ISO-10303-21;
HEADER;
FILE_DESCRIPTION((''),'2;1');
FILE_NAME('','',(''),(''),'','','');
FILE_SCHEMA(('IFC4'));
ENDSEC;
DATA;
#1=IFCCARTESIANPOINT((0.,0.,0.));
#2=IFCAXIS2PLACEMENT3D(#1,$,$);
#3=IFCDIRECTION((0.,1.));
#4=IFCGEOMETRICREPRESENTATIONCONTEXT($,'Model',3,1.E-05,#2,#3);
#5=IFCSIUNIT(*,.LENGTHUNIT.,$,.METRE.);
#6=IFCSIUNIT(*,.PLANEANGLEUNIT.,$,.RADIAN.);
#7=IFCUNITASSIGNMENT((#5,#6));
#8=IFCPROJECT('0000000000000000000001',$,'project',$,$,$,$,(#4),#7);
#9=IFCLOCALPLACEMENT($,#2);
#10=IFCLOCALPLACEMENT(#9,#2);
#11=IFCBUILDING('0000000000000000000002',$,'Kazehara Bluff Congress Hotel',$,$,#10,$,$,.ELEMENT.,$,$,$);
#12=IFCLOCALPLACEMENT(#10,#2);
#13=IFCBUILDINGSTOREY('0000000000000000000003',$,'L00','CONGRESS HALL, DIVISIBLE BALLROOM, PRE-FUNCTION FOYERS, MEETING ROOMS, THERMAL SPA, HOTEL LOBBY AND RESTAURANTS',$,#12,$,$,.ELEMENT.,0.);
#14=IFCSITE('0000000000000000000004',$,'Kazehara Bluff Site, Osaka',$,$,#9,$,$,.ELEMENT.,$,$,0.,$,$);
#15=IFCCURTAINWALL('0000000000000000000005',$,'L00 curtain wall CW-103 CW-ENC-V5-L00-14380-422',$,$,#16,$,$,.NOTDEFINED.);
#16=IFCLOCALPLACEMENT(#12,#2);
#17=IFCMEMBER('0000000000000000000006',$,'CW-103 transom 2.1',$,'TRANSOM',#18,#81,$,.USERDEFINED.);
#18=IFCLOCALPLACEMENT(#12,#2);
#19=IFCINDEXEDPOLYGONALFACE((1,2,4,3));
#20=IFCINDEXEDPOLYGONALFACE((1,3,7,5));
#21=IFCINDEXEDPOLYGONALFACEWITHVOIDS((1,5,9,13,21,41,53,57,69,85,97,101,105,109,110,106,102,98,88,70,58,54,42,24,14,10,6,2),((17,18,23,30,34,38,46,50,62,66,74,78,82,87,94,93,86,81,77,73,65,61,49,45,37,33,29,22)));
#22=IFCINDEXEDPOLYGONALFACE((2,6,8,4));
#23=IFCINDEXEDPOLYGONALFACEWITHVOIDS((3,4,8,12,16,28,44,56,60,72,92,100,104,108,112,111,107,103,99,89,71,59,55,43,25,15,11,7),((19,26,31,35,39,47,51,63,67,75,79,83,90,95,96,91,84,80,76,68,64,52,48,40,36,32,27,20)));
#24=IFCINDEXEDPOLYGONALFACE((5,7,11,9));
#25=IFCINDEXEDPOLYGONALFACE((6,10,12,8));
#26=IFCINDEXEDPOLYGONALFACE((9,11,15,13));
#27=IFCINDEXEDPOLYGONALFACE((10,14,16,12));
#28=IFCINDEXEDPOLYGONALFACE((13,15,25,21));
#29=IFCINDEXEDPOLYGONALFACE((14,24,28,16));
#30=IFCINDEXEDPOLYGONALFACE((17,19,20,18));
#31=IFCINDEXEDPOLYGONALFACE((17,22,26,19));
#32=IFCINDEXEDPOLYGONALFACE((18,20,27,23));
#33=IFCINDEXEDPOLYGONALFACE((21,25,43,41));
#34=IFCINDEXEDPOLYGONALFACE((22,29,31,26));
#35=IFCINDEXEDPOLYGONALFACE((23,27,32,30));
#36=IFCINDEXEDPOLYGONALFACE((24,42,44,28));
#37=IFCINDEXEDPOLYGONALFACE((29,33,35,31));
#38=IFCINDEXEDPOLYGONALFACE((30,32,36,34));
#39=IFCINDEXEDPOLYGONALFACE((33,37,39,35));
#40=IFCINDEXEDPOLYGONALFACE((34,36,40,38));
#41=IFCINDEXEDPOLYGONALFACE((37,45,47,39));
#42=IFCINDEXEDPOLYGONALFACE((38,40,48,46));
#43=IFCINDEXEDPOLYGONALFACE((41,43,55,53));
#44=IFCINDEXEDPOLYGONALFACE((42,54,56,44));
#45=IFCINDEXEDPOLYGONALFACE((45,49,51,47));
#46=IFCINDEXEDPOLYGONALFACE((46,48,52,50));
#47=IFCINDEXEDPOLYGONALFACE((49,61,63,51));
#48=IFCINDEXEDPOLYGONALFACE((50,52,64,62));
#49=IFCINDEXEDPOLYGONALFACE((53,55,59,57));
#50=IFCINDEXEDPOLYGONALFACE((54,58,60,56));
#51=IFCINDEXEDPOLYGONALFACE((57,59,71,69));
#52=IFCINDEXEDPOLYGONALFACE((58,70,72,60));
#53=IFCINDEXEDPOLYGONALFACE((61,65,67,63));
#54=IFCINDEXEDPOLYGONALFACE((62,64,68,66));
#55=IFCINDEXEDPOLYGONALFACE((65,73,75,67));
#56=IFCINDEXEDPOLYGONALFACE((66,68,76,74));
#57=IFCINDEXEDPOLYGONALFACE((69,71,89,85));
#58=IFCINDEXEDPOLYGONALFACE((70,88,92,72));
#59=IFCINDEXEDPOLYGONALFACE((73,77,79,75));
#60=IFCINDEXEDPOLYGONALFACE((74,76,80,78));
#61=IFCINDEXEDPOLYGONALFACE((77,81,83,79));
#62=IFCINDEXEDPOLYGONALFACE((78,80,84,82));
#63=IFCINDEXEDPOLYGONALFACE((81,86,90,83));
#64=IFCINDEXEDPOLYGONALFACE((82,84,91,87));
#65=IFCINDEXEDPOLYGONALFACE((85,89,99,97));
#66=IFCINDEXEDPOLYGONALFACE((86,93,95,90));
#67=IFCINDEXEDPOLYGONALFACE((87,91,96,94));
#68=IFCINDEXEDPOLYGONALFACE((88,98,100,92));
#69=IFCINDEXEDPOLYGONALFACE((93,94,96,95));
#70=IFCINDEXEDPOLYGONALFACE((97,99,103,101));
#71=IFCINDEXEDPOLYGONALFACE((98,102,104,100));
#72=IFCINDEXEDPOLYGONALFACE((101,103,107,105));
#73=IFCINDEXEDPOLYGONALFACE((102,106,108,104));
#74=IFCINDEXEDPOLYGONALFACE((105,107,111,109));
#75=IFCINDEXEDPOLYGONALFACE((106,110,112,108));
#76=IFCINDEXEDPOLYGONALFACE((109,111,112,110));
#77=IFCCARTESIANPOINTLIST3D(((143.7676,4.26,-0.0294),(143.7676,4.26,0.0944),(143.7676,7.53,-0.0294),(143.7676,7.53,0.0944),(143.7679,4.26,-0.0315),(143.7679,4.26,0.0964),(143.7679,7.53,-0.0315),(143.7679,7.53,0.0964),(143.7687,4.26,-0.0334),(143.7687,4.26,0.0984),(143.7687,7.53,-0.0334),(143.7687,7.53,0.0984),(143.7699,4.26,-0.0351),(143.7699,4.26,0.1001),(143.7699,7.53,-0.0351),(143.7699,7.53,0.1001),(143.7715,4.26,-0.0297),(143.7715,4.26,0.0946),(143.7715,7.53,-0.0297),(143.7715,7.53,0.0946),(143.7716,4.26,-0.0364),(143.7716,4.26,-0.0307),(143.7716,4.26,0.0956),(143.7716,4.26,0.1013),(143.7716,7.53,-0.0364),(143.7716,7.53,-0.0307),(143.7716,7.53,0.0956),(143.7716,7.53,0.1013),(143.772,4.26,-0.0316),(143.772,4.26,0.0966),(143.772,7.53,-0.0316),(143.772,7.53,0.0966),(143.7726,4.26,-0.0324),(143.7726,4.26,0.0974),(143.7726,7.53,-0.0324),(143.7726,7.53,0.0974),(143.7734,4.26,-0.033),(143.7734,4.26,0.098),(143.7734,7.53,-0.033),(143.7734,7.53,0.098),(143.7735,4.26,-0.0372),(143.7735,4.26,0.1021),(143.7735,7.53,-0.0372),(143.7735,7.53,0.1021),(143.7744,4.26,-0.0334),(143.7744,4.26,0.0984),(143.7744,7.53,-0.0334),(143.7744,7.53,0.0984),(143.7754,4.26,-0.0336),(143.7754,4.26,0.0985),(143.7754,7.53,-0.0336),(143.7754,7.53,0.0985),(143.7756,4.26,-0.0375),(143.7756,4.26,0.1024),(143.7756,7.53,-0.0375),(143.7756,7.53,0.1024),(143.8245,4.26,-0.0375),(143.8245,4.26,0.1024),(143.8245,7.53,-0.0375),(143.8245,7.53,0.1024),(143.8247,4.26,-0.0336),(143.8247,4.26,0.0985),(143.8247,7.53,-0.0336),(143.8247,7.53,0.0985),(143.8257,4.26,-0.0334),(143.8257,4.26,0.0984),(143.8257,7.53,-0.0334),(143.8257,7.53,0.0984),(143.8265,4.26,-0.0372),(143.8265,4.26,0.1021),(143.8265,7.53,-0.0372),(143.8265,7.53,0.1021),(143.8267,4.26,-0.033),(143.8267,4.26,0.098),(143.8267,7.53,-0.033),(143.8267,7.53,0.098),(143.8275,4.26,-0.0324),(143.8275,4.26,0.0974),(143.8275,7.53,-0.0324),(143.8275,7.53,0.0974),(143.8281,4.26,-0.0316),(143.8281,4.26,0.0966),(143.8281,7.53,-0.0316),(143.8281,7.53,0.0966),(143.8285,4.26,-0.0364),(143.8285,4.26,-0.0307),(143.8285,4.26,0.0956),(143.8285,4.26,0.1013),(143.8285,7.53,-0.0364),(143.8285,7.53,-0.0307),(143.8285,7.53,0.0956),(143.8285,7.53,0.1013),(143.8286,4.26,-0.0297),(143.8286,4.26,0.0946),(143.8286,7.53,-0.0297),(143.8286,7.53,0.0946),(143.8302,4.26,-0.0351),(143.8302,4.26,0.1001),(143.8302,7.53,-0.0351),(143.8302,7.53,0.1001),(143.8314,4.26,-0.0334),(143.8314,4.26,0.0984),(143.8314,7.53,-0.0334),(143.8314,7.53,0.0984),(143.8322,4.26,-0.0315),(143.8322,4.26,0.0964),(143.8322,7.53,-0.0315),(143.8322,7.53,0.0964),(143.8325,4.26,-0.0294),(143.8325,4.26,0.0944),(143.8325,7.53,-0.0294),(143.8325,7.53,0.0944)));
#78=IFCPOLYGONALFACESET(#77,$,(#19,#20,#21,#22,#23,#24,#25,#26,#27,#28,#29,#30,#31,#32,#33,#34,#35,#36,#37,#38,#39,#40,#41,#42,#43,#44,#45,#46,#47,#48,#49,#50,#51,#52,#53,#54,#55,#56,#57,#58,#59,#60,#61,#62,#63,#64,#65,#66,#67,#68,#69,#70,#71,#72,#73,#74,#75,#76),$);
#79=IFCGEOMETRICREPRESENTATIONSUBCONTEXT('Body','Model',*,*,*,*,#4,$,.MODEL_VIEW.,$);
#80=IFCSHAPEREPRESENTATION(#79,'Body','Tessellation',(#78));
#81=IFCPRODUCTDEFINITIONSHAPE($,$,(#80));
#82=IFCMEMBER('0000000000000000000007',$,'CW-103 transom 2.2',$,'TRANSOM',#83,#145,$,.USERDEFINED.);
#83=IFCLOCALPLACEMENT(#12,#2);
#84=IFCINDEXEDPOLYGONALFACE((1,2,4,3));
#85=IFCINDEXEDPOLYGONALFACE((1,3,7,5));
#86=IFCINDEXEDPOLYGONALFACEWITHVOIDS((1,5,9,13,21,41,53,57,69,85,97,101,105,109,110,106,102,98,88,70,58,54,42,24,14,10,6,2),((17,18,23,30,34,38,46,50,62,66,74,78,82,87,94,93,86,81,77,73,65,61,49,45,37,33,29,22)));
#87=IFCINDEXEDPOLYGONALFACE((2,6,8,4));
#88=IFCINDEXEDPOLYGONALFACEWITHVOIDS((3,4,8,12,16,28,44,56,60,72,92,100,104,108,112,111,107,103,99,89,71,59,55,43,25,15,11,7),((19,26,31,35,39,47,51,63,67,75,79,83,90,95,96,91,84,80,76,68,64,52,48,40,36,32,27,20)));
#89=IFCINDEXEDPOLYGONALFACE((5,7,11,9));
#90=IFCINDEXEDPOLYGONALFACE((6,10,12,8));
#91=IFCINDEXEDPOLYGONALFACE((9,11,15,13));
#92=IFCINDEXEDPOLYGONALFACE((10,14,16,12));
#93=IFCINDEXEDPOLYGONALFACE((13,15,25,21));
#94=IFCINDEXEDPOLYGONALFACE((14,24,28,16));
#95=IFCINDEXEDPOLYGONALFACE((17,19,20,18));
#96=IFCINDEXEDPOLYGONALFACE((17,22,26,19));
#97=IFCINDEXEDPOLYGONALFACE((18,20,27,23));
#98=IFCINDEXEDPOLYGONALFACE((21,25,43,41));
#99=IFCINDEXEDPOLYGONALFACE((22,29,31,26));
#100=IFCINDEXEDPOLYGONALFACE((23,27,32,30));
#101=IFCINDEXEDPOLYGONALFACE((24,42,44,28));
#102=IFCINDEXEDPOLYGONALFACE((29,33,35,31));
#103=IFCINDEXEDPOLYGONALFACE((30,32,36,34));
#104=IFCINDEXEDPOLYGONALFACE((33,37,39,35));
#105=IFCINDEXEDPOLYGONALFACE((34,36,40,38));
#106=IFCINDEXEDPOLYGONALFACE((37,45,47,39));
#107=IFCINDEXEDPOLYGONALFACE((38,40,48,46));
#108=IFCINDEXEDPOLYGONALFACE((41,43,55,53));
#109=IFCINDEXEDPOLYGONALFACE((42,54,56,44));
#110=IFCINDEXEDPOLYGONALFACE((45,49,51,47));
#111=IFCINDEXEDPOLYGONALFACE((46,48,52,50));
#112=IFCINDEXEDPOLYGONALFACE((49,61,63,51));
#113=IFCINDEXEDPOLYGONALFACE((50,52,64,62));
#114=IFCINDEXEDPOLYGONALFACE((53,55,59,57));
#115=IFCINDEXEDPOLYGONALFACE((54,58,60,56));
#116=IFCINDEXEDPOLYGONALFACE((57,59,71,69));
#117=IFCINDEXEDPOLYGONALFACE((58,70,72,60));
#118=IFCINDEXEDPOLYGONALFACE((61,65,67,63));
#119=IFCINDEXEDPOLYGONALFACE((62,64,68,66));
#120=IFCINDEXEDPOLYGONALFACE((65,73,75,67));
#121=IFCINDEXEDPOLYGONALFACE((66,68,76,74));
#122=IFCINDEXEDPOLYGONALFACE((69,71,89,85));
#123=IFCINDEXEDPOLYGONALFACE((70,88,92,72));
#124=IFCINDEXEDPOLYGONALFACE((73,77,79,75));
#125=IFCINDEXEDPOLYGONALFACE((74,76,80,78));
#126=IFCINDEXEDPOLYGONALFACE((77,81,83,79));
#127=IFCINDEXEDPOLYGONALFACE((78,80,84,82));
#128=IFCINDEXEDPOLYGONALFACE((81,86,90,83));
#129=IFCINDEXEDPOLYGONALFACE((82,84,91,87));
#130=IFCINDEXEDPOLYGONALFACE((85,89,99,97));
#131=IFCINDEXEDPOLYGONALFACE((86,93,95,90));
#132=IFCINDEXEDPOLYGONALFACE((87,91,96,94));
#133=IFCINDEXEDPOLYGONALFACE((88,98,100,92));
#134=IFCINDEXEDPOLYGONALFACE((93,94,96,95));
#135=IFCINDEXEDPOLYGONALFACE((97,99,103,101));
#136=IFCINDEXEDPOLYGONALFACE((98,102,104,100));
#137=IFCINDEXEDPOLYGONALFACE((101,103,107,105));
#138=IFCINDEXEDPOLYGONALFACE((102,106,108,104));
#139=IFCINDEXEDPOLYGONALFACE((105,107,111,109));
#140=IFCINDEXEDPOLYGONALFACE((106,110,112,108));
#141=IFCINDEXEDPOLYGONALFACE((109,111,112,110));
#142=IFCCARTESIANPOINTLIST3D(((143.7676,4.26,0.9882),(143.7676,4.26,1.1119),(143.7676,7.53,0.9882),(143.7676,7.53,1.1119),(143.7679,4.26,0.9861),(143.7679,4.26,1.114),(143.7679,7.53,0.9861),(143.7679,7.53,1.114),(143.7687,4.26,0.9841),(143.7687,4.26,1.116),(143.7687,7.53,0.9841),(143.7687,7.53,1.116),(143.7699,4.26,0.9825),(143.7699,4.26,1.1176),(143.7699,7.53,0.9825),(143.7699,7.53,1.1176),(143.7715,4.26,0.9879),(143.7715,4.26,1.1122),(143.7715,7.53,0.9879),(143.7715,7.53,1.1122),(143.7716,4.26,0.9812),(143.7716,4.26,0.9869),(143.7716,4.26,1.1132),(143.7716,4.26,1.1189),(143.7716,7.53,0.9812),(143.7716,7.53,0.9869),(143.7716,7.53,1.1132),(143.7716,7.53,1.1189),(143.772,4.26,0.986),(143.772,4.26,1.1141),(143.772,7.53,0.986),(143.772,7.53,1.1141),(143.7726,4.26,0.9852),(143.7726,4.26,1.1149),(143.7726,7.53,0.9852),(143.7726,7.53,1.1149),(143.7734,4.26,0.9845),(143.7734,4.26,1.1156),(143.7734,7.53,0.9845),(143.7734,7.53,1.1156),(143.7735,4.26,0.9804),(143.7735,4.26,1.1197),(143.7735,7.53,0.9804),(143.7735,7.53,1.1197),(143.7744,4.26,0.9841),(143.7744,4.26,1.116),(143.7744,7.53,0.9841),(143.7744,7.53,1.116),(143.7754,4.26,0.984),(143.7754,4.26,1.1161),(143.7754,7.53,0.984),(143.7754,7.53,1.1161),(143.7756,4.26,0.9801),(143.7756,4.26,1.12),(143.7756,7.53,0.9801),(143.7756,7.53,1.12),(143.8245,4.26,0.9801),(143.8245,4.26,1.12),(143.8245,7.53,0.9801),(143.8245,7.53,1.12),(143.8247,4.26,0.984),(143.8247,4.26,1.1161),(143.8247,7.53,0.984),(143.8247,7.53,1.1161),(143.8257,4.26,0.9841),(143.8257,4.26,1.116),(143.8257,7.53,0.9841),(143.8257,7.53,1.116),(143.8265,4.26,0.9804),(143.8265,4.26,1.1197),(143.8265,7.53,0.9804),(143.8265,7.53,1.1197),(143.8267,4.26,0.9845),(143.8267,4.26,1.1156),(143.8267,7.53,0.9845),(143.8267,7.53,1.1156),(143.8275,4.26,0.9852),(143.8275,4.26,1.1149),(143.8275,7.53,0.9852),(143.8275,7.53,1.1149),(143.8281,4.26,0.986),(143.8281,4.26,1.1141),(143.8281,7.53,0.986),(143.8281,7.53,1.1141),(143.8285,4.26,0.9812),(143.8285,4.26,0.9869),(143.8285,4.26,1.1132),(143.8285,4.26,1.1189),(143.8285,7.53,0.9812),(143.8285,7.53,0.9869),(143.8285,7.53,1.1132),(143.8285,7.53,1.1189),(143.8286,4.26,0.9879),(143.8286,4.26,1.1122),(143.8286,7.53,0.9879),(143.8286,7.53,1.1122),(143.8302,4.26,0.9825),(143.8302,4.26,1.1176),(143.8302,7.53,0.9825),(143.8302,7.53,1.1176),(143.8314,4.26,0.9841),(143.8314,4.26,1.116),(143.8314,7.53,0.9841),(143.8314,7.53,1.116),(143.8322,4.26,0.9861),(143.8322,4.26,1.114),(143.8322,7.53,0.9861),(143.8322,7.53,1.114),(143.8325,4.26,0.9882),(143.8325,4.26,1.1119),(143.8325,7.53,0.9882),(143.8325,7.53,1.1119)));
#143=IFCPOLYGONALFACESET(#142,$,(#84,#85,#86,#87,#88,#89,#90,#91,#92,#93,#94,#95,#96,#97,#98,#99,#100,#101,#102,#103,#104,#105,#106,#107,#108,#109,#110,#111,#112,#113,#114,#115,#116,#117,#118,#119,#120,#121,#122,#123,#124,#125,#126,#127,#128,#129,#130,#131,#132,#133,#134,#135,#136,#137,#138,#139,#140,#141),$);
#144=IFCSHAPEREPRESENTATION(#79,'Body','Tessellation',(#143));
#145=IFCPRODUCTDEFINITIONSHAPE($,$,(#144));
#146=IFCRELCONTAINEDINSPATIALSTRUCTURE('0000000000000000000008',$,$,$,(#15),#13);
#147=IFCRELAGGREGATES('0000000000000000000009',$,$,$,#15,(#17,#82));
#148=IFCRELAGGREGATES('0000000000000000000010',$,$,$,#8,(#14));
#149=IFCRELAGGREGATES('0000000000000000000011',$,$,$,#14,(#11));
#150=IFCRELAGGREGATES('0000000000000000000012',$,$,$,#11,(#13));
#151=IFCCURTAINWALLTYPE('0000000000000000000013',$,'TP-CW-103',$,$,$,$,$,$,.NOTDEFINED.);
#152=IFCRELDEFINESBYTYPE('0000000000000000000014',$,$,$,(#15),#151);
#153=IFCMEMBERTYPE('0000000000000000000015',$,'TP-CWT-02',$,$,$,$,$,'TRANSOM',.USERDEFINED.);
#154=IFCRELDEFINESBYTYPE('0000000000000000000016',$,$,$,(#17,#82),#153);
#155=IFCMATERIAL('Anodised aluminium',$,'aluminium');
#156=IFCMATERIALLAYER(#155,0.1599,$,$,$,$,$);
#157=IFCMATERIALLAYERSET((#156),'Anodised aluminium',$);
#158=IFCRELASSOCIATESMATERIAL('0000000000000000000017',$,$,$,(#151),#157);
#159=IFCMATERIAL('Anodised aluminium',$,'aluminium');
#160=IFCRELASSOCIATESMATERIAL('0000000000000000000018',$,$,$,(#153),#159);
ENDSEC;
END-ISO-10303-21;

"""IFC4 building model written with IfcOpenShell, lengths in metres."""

from ifc_helpers import new_model, si_unit, direction, frame, origin, origin_2d, place, context, subcontext, project, spatial, hollow_rectangle, extrude, material, layer, layer_set, material_profile, profile_set, type_object, element, aggregate, save


model = new_model("IFC4")

# Units and contexts
model_context = context("Model", 3, precision=1e-05, world=origin(), true_north=direction((0.0, 1.0)))
body_context = subcontext(model_context, "Body", "Model", "MODEL_VIEW")
ifc_project = project(units=[si_unit("LENGTHUNIT", "METRE"), si_unit("PLANEANGLEUNIT", "RADIAN")], contexts=[model_context])

# Site, building, storey
site_placement = place(None, origin())
site = spatial("IfcSite", under=ifc_project, at=site_placement, Name="Kazehara Bluff Site, Osaka", CompositionType="ELEMENT", RefElevation=0.0)
building_placement = place(site_placement, origin())
building = spatial("IfcBuilding", under=site, at=building_placement, Name="Kazehara Bluff Congress Hotel", CompositionType="ELEMENT")
storey_placement = place(building_placement, origin())
storey = spatial("IfcBuildingStorey", under=building, at=storey_placement, Name="L00", Description="CONGRESS HALL, DIVISIBLE BALLROOM, PRE-FUNCTION FOYERS, MEETING ROOMS, THERMAL SPA, HOTEL LOBBY AND RESTAURANTS", CompositionType="ELEMENT", Elevation=0.0)

# Curtain wall
ifc_material_1 = material(Name="Anodised aluminium", Category="aluminium")
ifc_layer_1 = layer(ifc_material_1, 0.1599)
ifc_layer_set_1 = layer_set([ifc_layer_1], Name="Anodised aluminium")
curtain_wall_type_1 = type_object("IfcCurtainWallType", Name="TP-CW-103", PredefinedType="NOTDEFINED", material=ifc_layer_set_1)
curtain_wall_1_placement = place(storey_placement, origin())
curtain_wall_1 = element("IfcCurtainWall", 1, at=curtain_wall_1_placement, inside=storey, type_object=curtain_wall_type_1, Name="L00 curtain wall CW-103 CW-ENC-V5-L00-14380-422", PredefinedType="NOTDEFINED")

# Members
ifc_material_2 = material(Name="Anodised aluminium", Category="aluminium")
ifc_material_profile_1 = material_profile(ifc_material_2, hollow_rectangle(XDim=0.0649, YDim=0.1399, WallThickness=0.0039, InnerFilletRadius=0.0039, OuterFilletRadius=0.0081, at=origin_2d()))
ifc_profile_set_1 = profile_set([ifc_material_profile_1], Name="Anodised aluminium")
member_type_1 = type_object("IfcMemberType", Name="TP-CWT-02", ElementType="TRANSOM", PredefinedType="USERDEFINED", material=ifc_profile_set_1)
member_1_placement = place(storey_placement, frame((143.8, 4.26, 0.0325), z_axis=(0.0, 1.0, 0.0), x_axis=(-1.0, 0.0, 0.0)))
member_1 = element("IfcMember", 2, at=member_1_placement, type_object=member_type_1, Name="CW-103 transom 2.1", ObjectType="TRANSOM", PredefinedType="USERDEFINED", context=body_context, shape_type="SweptSolid", body=[
    extrude(hollow_rectangle(XDim=0.0649, YDim=0.1399, WallThickness=0.0039, InnerFilletRadius=0.0039, OuterFilletRadius=0.0081, at=origin_2d()), origin(), (0.0, 0.0, 1.0), 3.27),
])
member_2_placement = place(storey_placement, frame((143.8, 4.26, 1.05), z_axis=(0.0, 1.0, 0.0), x_axis=(-1.0, 0.0, 0.0)))
member_2 = element("IfcMember", 3, at=member_2_placement, type_object=member_type_1, Name="CW-103 transom 2.2", ObjectType="TRANSOM", PredefinedType="USERDEFINED", context=body_context, shape_type="SweptSolid", body=[
    extrude(hollow_rectangle(XDim=0.0649, YDim=0.1399, WallThickness=0.0039, InnerFilletRadius=0.0039, OuterFilletRadius=0.0081, at=origin_2d()), origin(), (0.0, 0.0, 1.0), 3.27),
])

aggregate(curtain_wall_1, [member_1, member_2])

save(model, "model.ifc")
